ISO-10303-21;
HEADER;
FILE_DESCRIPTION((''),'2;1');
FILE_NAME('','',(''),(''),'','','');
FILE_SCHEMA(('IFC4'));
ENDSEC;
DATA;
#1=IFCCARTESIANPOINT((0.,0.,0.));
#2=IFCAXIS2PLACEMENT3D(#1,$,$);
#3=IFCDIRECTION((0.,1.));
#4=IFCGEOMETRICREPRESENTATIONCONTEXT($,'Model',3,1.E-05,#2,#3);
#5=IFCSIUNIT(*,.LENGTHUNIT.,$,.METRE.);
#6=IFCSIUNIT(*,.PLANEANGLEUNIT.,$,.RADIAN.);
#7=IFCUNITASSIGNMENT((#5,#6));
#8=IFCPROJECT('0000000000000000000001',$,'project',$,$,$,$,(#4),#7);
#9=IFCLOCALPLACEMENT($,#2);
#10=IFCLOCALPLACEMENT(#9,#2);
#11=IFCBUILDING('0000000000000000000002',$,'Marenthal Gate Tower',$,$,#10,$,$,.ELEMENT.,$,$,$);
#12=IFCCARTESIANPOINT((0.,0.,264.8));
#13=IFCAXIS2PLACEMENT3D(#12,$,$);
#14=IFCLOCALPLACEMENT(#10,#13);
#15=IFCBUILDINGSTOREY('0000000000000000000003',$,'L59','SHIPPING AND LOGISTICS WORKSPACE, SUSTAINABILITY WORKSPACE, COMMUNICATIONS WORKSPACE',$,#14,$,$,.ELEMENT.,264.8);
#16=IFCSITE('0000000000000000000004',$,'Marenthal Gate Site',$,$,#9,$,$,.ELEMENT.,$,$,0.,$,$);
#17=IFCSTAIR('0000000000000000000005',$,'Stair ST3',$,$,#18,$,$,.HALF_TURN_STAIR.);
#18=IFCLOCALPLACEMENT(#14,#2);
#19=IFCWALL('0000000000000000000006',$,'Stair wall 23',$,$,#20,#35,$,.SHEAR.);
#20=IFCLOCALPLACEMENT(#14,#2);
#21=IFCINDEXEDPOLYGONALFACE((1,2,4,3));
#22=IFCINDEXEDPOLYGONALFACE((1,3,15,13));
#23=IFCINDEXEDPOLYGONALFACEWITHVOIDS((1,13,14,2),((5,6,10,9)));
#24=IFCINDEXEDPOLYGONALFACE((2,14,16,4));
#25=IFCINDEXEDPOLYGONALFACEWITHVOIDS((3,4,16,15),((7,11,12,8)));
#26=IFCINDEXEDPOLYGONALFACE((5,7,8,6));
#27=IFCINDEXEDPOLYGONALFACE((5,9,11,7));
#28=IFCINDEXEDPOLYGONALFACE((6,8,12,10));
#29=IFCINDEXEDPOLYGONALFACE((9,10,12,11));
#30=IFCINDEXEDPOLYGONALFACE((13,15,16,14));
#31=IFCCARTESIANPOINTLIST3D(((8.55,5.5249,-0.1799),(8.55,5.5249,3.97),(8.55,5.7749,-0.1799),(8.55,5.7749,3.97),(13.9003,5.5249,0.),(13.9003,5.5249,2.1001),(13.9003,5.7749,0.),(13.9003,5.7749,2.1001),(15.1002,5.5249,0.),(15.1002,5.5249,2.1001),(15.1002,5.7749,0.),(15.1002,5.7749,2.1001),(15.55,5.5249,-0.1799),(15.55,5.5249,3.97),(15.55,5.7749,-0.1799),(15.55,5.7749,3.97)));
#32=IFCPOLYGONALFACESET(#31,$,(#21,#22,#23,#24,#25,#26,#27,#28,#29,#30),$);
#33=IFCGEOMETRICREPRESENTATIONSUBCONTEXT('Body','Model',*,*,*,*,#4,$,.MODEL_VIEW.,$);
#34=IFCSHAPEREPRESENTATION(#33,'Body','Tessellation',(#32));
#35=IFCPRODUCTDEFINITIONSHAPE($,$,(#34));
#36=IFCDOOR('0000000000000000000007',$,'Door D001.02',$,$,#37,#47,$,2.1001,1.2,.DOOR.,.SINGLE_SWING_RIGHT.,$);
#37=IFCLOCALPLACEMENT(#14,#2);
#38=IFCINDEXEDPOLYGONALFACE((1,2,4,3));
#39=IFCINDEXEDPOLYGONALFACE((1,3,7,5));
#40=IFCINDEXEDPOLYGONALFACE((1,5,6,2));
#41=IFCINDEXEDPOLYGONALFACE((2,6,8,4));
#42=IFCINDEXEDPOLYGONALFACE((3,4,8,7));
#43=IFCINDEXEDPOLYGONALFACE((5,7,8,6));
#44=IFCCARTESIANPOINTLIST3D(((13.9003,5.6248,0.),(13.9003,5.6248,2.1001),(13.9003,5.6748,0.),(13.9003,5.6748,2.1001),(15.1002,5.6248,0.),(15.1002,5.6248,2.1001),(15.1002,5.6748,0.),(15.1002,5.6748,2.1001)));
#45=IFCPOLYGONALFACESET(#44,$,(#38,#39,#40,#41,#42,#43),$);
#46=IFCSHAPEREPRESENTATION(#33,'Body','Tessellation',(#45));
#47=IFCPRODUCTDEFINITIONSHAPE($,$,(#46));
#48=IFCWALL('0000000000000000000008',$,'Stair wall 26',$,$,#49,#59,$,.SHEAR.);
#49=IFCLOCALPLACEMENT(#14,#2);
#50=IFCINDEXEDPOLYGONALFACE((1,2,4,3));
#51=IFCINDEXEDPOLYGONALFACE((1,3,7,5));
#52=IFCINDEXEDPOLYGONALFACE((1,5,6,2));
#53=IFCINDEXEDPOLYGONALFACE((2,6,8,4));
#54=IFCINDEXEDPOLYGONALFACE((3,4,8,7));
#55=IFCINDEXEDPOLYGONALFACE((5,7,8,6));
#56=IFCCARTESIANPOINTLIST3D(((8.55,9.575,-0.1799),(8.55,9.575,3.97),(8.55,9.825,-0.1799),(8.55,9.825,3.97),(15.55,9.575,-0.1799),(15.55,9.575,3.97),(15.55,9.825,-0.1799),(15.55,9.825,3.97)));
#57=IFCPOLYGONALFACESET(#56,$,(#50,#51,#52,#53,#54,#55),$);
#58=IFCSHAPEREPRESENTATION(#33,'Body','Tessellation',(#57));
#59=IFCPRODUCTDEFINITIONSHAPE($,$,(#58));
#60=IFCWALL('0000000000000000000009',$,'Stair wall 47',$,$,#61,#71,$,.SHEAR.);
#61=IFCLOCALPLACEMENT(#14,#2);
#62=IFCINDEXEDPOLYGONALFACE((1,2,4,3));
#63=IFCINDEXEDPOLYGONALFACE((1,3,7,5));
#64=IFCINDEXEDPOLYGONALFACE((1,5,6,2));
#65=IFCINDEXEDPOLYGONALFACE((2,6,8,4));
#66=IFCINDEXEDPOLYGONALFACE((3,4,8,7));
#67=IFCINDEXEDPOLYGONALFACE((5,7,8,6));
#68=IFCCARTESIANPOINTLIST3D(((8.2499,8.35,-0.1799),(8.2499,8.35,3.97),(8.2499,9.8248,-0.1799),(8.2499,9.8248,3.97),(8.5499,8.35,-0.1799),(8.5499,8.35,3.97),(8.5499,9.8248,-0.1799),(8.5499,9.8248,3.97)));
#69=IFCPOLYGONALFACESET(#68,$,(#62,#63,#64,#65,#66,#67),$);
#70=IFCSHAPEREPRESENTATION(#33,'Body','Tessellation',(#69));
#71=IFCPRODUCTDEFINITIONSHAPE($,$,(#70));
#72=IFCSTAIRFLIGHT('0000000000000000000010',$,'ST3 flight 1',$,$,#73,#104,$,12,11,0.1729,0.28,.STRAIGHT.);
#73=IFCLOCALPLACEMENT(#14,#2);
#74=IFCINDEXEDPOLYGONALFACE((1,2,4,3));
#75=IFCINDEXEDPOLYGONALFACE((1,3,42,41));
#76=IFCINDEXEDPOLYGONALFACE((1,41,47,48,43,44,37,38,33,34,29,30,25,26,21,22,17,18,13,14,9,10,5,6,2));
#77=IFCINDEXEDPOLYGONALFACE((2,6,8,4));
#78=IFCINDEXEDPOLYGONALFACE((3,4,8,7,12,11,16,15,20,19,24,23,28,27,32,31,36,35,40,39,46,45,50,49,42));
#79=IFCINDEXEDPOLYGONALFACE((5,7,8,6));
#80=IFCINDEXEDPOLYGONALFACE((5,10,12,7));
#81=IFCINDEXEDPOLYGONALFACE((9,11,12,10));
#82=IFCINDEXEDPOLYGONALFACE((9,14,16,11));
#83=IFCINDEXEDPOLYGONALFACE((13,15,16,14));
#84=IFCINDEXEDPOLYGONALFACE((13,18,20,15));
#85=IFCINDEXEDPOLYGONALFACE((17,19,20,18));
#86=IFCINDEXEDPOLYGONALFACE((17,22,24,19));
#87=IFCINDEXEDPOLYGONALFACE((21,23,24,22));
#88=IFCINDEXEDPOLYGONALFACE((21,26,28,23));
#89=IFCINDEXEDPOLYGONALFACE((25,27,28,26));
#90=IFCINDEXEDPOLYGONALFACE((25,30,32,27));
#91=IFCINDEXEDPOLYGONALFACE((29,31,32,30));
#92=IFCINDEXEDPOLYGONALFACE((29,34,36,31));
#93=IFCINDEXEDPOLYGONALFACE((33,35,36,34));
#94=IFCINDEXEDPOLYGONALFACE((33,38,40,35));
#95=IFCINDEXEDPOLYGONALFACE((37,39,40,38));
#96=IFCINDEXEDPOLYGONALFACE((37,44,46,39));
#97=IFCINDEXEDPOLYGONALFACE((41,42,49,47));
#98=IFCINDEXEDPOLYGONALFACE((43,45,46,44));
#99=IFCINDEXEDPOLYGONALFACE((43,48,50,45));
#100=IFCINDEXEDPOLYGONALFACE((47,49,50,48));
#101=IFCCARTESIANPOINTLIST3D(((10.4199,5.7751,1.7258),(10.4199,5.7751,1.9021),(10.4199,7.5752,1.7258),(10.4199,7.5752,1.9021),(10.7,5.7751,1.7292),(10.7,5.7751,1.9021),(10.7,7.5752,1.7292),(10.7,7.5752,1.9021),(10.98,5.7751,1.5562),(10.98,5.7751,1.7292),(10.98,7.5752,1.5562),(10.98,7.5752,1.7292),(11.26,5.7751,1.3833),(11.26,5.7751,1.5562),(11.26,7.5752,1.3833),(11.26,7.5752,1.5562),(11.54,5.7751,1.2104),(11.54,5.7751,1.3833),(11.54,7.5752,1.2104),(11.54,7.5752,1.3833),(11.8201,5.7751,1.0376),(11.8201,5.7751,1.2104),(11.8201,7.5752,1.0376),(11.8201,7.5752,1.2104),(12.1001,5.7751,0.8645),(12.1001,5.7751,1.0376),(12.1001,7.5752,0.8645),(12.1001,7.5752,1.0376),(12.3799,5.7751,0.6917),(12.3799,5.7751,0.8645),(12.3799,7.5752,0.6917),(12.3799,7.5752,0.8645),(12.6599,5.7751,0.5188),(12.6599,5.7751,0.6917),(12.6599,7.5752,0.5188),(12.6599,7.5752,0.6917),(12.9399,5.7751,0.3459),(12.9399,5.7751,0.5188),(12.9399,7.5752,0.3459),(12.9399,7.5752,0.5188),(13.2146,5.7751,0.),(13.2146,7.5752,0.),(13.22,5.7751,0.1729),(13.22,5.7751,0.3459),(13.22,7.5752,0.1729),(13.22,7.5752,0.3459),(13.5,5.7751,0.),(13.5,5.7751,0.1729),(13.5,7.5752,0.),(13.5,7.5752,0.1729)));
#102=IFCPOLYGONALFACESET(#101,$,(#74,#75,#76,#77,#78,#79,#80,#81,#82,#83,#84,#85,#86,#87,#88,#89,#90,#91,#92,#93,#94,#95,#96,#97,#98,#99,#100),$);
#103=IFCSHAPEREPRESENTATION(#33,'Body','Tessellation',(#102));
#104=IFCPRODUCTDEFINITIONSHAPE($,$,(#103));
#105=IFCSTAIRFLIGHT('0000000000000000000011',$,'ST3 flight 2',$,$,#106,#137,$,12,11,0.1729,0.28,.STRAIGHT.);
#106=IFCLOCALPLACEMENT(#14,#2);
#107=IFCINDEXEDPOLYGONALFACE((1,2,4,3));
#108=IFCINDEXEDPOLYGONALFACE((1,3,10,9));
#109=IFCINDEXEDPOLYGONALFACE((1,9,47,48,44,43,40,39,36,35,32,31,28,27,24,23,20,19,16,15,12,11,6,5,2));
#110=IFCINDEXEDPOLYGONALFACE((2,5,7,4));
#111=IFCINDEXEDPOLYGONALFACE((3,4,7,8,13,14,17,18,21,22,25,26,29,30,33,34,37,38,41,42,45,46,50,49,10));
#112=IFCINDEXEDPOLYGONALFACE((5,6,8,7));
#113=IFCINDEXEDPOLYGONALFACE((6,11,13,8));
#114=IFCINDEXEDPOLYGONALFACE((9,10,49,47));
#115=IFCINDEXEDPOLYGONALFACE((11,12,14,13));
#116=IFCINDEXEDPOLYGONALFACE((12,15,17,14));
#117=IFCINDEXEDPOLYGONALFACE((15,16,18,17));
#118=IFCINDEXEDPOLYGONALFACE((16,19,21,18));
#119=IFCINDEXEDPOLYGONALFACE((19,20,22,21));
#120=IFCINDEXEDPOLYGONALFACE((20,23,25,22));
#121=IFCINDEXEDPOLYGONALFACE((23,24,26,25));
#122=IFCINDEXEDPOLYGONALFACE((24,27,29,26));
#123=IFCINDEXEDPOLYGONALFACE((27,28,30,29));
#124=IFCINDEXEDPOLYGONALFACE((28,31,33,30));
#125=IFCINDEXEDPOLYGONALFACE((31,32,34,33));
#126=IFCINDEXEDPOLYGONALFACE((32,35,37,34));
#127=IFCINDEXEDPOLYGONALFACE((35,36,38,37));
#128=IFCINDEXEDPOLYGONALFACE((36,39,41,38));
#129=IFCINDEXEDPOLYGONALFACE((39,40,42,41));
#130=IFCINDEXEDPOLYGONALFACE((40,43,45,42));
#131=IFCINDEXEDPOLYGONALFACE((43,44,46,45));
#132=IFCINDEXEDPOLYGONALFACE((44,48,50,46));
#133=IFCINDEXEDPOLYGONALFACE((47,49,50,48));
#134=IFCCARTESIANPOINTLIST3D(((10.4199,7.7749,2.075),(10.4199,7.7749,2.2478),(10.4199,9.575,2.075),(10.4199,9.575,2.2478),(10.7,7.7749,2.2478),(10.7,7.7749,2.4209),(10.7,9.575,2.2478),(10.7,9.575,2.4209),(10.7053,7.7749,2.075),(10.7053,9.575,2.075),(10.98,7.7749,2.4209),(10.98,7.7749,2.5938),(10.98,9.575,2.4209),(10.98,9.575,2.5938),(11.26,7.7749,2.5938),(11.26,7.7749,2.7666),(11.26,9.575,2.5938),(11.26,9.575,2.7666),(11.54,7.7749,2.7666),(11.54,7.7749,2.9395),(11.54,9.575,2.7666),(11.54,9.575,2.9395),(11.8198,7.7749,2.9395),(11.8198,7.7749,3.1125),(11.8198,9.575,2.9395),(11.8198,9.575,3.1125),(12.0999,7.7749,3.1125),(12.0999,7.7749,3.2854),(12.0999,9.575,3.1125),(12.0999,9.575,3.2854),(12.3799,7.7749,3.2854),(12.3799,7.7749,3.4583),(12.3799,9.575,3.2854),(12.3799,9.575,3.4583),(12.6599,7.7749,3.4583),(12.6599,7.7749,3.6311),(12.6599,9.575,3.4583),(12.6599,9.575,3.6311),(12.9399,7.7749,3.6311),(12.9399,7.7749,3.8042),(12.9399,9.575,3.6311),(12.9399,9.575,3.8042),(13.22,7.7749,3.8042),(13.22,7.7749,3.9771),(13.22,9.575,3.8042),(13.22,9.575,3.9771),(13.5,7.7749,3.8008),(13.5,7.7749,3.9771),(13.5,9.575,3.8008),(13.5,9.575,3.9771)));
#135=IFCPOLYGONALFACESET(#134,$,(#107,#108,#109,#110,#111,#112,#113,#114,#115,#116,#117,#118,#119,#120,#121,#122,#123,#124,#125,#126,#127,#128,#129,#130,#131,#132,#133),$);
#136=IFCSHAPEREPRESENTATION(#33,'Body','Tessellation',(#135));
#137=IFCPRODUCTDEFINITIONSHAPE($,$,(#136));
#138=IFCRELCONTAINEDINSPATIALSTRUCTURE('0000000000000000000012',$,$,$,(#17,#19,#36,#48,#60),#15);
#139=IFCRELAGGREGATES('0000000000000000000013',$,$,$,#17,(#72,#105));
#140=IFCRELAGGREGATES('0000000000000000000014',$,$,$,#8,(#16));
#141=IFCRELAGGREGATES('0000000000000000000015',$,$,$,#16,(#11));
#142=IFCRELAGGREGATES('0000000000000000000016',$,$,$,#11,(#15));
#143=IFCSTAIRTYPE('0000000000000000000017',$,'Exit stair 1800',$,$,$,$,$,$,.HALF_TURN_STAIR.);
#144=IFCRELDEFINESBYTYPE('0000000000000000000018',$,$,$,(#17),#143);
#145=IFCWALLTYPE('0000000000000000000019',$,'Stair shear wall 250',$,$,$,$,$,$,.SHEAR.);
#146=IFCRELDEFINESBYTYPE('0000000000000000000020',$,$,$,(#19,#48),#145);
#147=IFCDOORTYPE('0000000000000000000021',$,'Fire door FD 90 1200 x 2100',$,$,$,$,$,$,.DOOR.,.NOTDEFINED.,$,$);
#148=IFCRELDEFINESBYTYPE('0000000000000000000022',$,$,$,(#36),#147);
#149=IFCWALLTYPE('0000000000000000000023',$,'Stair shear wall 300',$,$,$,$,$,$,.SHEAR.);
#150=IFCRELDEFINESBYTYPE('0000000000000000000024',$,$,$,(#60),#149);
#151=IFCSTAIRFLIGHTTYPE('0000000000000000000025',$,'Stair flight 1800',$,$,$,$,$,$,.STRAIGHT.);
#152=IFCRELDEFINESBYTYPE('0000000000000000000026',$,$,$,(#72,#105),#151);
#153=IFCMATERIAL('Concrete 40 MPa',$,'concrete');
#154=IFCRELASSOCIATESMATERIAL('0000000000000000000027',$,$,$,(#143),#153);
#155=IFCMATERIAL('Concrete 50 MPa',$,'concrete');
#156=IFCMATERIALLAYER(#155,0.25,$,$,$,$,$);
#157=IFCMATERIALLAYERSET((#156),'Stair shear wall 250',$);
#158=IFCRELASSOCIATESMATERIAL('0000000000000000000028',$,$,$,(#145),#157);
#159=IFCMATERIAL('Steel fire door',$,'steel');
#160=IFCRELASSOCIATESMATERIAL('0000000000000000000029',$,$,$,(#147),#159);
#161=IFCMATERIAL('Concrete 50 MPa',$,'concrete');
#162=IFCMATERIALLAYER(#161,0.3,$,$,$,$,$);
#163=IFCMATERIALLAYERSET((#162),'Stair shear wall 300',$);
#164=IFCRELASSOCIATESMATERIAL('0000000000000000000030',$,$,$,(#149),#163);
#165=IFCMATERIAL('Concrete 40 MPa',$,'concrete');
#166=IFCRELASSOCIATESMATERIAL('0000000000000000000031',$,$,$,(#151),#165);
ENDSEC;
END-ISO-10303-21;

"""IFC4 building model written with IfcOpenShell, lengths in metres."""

from ifc_helpers import new_model, si_unit, direction, frame, frame_2d, origin, place, context, subcontext, project, spatial, polyline, rectangle, outline, extrude, material, layer, layer_set, type_object, element, fill, aggregate, save


model = new_model("IFC4")

# Units and contexts
model_context = context("Model", 3, precision=1e-05, world=origin(), true_north=direction((0.0, 1.0)))
body_context = subcontext(model_context, "Body", "Model", "MODEL_VIEW")
ifc_project = project(units=[si_unit("LENGTHUNIT", "METRE"), si_unit("PLANEANGLEUNIT", "RADIAN")], contexts=[model_context])

# Site, building, storey
site_placement = place(None, origin())
site = spatial("IfcSite", under=ifc_project, at=site_placement, Name="Marenthal Gate Site", CompositionType="ELEMENT", RefElevation=0.0)
building_placement = place(site_placement, origin())
building = spatial("IfcBuilding", under=site, at=building_placement, Name="Marenthal Gate Tower", CompositionType="ELEMENT")
storey_placement = place(building_placement, frame((0.0, 0.0, 264.8)))
storey = spatial("IfcBuildingStorey", under=building, at=storey_placement, Name="L59", Description="SHIPPING AND LOGISTICS WORKSPACE, SUSTAINABILITY WORKSPACE, COMMUNICATIONS WORKSPACE", CompositionType="ELEMENT", Elevation=264.8)

# Stair
ifc_material_1 = material(Name="Concrete 40 MPa", Category="concrete")
stair_type = type_object("IfcStairType", Name="Exit stair 1800", PredefinedType="HALF_TURN_STAIR", material=ifc_material_1)
stair_1_placement = place(storey_placement, origin())
stair_1 = element("IfcStair", 1, at=stair_1_placement, inside=storey, type_object=stair_type, Name="Stair ST3", PredefinedType="HALF_TURN_STAIR")

# Wall, opening, door
ifc_material_2 = material(Name="Concrete 50 MPa", Category="concrete")
ifc_layer_1 = layer(ifc_material_2, 0.25)
ifc_layer_set_1 = layer_set([ifc_layer_1], Name="Stair shear wall 250")
wall_type_1 = type_object("IfcWallType", Name="Stair shear wall 250", PredefinedType="SHEAR", material=ifc_layer_set_1)
wall_1_placement = place(storey_placement, frame((8.55, 5.6499, -0.1799), z_axis=(0.0, 0.0, 1.0), x_axis=(1.0, 0.0, 0.0)))
wall_1 = element("IfcWall", 2, at=wall_1_placement, inside=storey, type_object=wall_type_1, Name="Stair wall 23", PredefinedType="SHEAR", context=body_context, shape_type="SweptSolid", body=[
    extrude(rectangle(XDim=7.0, YDim=0.25, at=frame_2d((3.5, 0.0))), origin(), (0.0, 0.0, 1.0), 4.1499),
])
opening_1_placement = place(wall_1_placement, frame((5.3501, 0.0, 0.1799)))
opening_1 = element("IfcOpeningElement", 3, at=opening_1_placement, cuts=wall_1, PredefinedType="OPENING", context=body_context, shape_type="SweptSolid", body=[
    extrude(rectangle(XDim=1.2, YDim=2.1001, at=frame_2d((0.6001, 1.05))), frame((0.0, 0.135, 0.0), z_axis=(0.0, -1.0, 0.0), x_axis=(1.0, 0.0, 0.0)), (0.0, 0.0, 1.0), 0.27),
])
ifc_material_3 = material(Name="Steel fire door", Category="steel")
door_type_1 = type_object("IfcDoorType", Name="Fire door FD 90 1200 x 2100", OperationType="NOTDEFINED", PredefinedType="DOOR", material=ifc_material_3)
door_1_placement = place(opening_1_placement, origin())
door_1 = element("IfcDoor", 4, at=door_1_placement, inside=storey, type_object=door_type_1, Name="Door D001.02", OperationType="SINGLE_SWING_RIGHT", OverallHeight=2.1001, OverallWidth=1.2, PredefinedType="DOOR", context=body_context, shape_type="SweptSolid", body=[
    extrude(rectangle(XDim=1.2, YDim=2.1001, at=frame_2d((0.6001, 1.05))), frame((0.0, 0.0249, 0.0), z_axis=(0.0, -1.0, 0.0), x_axis=(1.0, 0.0, 0.0)), (0.0, 0.0, 1.0), 0.05),
])
fill(opening_1, door_1)

# Walls
wall_2_placement = place(storey_placement, frame((8.55, 9.7, -0.1799), z_axis=(0.0, 0.0, 1.0), x_axis=(1.0, 0.0, 0.0)))
element("IfcWall", 5, at=wall_2_placement, inside=storey, type_object=wall_type_1, Name="Stair wall 26", PredefinedType="SHEAR", context=body_context, shape_type="SweptSolid", body=[
    extrude(rectangle(XDim=7.0, YDim=0.25, at=frame_2d((3.5, 0.0))), origin(), (0.0, 0.0, 1.0), 4.1499),
])
ifc_material_4 = material(Name="Concrete 50 MPa", Category="concrete")
ifc_layer_2 = layer(ifc_material_4, 0.3)
ifc_layer_set_2 = layer_set([ifc_layer_2], Name="Stair shear wall 300")
wall_type_2 = type_object("IfcWallType", Name="Stair shear wall 300", PredefinedType="SHEAR", material=ifc_layer_set_2)
wall_3_placement = place(storey_placement, frame((8.3999, 8.3501, -0.1799), z_axis=(0.0, 0.0, 1.0), x_axis=(0.0, 1.0, 0.0)))
element("IfcWall", 6, at=wall_3_placement, inside=storey, type_object=wall_type_2, Name="Stair wall 47", PredefinedType="SHEAR", context=body_context, shape_type="SweptSolid", body=[
    extrude(rectangle(XDim=1.4749, YDim=0.3, at=frame_2d((0.7373, 0.0))), origin(), (0.0, 0.0, 1.0), 4.1499),
])

# Stair flights
ifc_material_5 = material(Name="Concrete 40 MPa", Category="concrete")
stair_flight_type = type_object("IfcStairFlightType", Name="Stair flight 1800", PredefinedType="STRAIGHT", material=ifc_material_5)
stair_flight_1_placement = place(storey_placement, frame((13.5, 6.675, 0.0), z_axis=(0.0, 0.0, 1.0), x_axis=(-1.0, 0.0, 0.0)))
stair_flight_1 = element("IfcStairFlight", 7, at=stair_flight_1_placement, type_object=stair_flight_type, Name="ST3 flight 1", NumberOfRisers=12, NumberOfTreads=11, PredefinedType="STRAIGHT", RiserHeight=0.1729, TreadLength=0.28, context=body_context, shape_type="SweptSolid", body=[
    extrude(outline(polyline([(0.0, 0.0), (0.0, 0.1729), (0.28, 0.1729), (0.28, 0.3459), (0.5601, 0.3459), (0.5601, 0.5188), (0.8401, 0.5188), (0.8401, 0.6917), (1.1201, 0.6917), (1.1201, 0.8645), (1.3999, 0.8645), (1.3999, 1.0376), (1.6799, 1.0376), (1.6799, 1.2104), (1.96, 1.2104), (1.96, 1.3833), (2.24, 1.3833), (2.24, 1.5562), (2.52, 1.5562), (2.52, 1.7292), (2.8, 1.7292), (2.8, 1.9021), (3.0801, 1.9021), (3.0801, 2.075), (3.0801, 1.7258), (0.2854, 0.0), (0.0, 0.0)])), frame((0.0, 0.8999, 0.0), z_axis=(0.0, -1.0, 0.0), x_axis=(1.0, 0.0, 0.0)), (0.0, 0.0, 1.0), 1.8),
])
stair_flight_2_placement = place(storey_placement, frame((10.4199, 8.675, 2.075), z_axis=(0.0, 0.0, 1.0), x_axis=(1.0, 0.0, 0.0)))
stair_flight_2 = element("IfcStairFlight", 8, at=stair_flight_2_placement, type_object=stair_flight_type, Name="ST3 flight 2", NumberOfRisers=12, NumberOfTreads=11, PredefinedType="STRAIGHT", RiserHeight=0.1729, TreadLength=0.28, context=body_context, shape_type="SweptSolid", body=[
    extrude(outline(polyline([(0.0, 0.0), (0.0, 0.1729), (0.28, 0.1729), (0.28, 0.3459), (0.5601, 0.3459), (0.5601, 0.5188), (0.8401, 0.5188), (0.8401, 0.6917), (1.1201, 0.6917), (1.1201, 0.8645), (1.3999, 0.8645), (1.3999, 1.0376), (1.6799, 1.0376), (1.6799, 1.2104), (1.96, 1.2104), (1.96, 1.3833), (2.24, 1.3833), (2.24, 1.5562), (2.52, 1.5562), (2.52, 1.7292), (2.8, 1.7292), (2.8, 1.9021), (3.0801, 1.9021), (3.0801, 2.075), (3.0801, 1.7258), (0.2854, 0.0), (0.0, 0.0)])), frame((0.0, 0.8999, 0.0), z_axis=(0.0, -1.0, 0.0), x_axis=(1.0, 0.0, 0.0)), (0.0, 0.0, 1.0), 1.8),
])
aggregate(stair_1, [stair_flight_1, stair_flight_2])

save(model, "model.ifc")
